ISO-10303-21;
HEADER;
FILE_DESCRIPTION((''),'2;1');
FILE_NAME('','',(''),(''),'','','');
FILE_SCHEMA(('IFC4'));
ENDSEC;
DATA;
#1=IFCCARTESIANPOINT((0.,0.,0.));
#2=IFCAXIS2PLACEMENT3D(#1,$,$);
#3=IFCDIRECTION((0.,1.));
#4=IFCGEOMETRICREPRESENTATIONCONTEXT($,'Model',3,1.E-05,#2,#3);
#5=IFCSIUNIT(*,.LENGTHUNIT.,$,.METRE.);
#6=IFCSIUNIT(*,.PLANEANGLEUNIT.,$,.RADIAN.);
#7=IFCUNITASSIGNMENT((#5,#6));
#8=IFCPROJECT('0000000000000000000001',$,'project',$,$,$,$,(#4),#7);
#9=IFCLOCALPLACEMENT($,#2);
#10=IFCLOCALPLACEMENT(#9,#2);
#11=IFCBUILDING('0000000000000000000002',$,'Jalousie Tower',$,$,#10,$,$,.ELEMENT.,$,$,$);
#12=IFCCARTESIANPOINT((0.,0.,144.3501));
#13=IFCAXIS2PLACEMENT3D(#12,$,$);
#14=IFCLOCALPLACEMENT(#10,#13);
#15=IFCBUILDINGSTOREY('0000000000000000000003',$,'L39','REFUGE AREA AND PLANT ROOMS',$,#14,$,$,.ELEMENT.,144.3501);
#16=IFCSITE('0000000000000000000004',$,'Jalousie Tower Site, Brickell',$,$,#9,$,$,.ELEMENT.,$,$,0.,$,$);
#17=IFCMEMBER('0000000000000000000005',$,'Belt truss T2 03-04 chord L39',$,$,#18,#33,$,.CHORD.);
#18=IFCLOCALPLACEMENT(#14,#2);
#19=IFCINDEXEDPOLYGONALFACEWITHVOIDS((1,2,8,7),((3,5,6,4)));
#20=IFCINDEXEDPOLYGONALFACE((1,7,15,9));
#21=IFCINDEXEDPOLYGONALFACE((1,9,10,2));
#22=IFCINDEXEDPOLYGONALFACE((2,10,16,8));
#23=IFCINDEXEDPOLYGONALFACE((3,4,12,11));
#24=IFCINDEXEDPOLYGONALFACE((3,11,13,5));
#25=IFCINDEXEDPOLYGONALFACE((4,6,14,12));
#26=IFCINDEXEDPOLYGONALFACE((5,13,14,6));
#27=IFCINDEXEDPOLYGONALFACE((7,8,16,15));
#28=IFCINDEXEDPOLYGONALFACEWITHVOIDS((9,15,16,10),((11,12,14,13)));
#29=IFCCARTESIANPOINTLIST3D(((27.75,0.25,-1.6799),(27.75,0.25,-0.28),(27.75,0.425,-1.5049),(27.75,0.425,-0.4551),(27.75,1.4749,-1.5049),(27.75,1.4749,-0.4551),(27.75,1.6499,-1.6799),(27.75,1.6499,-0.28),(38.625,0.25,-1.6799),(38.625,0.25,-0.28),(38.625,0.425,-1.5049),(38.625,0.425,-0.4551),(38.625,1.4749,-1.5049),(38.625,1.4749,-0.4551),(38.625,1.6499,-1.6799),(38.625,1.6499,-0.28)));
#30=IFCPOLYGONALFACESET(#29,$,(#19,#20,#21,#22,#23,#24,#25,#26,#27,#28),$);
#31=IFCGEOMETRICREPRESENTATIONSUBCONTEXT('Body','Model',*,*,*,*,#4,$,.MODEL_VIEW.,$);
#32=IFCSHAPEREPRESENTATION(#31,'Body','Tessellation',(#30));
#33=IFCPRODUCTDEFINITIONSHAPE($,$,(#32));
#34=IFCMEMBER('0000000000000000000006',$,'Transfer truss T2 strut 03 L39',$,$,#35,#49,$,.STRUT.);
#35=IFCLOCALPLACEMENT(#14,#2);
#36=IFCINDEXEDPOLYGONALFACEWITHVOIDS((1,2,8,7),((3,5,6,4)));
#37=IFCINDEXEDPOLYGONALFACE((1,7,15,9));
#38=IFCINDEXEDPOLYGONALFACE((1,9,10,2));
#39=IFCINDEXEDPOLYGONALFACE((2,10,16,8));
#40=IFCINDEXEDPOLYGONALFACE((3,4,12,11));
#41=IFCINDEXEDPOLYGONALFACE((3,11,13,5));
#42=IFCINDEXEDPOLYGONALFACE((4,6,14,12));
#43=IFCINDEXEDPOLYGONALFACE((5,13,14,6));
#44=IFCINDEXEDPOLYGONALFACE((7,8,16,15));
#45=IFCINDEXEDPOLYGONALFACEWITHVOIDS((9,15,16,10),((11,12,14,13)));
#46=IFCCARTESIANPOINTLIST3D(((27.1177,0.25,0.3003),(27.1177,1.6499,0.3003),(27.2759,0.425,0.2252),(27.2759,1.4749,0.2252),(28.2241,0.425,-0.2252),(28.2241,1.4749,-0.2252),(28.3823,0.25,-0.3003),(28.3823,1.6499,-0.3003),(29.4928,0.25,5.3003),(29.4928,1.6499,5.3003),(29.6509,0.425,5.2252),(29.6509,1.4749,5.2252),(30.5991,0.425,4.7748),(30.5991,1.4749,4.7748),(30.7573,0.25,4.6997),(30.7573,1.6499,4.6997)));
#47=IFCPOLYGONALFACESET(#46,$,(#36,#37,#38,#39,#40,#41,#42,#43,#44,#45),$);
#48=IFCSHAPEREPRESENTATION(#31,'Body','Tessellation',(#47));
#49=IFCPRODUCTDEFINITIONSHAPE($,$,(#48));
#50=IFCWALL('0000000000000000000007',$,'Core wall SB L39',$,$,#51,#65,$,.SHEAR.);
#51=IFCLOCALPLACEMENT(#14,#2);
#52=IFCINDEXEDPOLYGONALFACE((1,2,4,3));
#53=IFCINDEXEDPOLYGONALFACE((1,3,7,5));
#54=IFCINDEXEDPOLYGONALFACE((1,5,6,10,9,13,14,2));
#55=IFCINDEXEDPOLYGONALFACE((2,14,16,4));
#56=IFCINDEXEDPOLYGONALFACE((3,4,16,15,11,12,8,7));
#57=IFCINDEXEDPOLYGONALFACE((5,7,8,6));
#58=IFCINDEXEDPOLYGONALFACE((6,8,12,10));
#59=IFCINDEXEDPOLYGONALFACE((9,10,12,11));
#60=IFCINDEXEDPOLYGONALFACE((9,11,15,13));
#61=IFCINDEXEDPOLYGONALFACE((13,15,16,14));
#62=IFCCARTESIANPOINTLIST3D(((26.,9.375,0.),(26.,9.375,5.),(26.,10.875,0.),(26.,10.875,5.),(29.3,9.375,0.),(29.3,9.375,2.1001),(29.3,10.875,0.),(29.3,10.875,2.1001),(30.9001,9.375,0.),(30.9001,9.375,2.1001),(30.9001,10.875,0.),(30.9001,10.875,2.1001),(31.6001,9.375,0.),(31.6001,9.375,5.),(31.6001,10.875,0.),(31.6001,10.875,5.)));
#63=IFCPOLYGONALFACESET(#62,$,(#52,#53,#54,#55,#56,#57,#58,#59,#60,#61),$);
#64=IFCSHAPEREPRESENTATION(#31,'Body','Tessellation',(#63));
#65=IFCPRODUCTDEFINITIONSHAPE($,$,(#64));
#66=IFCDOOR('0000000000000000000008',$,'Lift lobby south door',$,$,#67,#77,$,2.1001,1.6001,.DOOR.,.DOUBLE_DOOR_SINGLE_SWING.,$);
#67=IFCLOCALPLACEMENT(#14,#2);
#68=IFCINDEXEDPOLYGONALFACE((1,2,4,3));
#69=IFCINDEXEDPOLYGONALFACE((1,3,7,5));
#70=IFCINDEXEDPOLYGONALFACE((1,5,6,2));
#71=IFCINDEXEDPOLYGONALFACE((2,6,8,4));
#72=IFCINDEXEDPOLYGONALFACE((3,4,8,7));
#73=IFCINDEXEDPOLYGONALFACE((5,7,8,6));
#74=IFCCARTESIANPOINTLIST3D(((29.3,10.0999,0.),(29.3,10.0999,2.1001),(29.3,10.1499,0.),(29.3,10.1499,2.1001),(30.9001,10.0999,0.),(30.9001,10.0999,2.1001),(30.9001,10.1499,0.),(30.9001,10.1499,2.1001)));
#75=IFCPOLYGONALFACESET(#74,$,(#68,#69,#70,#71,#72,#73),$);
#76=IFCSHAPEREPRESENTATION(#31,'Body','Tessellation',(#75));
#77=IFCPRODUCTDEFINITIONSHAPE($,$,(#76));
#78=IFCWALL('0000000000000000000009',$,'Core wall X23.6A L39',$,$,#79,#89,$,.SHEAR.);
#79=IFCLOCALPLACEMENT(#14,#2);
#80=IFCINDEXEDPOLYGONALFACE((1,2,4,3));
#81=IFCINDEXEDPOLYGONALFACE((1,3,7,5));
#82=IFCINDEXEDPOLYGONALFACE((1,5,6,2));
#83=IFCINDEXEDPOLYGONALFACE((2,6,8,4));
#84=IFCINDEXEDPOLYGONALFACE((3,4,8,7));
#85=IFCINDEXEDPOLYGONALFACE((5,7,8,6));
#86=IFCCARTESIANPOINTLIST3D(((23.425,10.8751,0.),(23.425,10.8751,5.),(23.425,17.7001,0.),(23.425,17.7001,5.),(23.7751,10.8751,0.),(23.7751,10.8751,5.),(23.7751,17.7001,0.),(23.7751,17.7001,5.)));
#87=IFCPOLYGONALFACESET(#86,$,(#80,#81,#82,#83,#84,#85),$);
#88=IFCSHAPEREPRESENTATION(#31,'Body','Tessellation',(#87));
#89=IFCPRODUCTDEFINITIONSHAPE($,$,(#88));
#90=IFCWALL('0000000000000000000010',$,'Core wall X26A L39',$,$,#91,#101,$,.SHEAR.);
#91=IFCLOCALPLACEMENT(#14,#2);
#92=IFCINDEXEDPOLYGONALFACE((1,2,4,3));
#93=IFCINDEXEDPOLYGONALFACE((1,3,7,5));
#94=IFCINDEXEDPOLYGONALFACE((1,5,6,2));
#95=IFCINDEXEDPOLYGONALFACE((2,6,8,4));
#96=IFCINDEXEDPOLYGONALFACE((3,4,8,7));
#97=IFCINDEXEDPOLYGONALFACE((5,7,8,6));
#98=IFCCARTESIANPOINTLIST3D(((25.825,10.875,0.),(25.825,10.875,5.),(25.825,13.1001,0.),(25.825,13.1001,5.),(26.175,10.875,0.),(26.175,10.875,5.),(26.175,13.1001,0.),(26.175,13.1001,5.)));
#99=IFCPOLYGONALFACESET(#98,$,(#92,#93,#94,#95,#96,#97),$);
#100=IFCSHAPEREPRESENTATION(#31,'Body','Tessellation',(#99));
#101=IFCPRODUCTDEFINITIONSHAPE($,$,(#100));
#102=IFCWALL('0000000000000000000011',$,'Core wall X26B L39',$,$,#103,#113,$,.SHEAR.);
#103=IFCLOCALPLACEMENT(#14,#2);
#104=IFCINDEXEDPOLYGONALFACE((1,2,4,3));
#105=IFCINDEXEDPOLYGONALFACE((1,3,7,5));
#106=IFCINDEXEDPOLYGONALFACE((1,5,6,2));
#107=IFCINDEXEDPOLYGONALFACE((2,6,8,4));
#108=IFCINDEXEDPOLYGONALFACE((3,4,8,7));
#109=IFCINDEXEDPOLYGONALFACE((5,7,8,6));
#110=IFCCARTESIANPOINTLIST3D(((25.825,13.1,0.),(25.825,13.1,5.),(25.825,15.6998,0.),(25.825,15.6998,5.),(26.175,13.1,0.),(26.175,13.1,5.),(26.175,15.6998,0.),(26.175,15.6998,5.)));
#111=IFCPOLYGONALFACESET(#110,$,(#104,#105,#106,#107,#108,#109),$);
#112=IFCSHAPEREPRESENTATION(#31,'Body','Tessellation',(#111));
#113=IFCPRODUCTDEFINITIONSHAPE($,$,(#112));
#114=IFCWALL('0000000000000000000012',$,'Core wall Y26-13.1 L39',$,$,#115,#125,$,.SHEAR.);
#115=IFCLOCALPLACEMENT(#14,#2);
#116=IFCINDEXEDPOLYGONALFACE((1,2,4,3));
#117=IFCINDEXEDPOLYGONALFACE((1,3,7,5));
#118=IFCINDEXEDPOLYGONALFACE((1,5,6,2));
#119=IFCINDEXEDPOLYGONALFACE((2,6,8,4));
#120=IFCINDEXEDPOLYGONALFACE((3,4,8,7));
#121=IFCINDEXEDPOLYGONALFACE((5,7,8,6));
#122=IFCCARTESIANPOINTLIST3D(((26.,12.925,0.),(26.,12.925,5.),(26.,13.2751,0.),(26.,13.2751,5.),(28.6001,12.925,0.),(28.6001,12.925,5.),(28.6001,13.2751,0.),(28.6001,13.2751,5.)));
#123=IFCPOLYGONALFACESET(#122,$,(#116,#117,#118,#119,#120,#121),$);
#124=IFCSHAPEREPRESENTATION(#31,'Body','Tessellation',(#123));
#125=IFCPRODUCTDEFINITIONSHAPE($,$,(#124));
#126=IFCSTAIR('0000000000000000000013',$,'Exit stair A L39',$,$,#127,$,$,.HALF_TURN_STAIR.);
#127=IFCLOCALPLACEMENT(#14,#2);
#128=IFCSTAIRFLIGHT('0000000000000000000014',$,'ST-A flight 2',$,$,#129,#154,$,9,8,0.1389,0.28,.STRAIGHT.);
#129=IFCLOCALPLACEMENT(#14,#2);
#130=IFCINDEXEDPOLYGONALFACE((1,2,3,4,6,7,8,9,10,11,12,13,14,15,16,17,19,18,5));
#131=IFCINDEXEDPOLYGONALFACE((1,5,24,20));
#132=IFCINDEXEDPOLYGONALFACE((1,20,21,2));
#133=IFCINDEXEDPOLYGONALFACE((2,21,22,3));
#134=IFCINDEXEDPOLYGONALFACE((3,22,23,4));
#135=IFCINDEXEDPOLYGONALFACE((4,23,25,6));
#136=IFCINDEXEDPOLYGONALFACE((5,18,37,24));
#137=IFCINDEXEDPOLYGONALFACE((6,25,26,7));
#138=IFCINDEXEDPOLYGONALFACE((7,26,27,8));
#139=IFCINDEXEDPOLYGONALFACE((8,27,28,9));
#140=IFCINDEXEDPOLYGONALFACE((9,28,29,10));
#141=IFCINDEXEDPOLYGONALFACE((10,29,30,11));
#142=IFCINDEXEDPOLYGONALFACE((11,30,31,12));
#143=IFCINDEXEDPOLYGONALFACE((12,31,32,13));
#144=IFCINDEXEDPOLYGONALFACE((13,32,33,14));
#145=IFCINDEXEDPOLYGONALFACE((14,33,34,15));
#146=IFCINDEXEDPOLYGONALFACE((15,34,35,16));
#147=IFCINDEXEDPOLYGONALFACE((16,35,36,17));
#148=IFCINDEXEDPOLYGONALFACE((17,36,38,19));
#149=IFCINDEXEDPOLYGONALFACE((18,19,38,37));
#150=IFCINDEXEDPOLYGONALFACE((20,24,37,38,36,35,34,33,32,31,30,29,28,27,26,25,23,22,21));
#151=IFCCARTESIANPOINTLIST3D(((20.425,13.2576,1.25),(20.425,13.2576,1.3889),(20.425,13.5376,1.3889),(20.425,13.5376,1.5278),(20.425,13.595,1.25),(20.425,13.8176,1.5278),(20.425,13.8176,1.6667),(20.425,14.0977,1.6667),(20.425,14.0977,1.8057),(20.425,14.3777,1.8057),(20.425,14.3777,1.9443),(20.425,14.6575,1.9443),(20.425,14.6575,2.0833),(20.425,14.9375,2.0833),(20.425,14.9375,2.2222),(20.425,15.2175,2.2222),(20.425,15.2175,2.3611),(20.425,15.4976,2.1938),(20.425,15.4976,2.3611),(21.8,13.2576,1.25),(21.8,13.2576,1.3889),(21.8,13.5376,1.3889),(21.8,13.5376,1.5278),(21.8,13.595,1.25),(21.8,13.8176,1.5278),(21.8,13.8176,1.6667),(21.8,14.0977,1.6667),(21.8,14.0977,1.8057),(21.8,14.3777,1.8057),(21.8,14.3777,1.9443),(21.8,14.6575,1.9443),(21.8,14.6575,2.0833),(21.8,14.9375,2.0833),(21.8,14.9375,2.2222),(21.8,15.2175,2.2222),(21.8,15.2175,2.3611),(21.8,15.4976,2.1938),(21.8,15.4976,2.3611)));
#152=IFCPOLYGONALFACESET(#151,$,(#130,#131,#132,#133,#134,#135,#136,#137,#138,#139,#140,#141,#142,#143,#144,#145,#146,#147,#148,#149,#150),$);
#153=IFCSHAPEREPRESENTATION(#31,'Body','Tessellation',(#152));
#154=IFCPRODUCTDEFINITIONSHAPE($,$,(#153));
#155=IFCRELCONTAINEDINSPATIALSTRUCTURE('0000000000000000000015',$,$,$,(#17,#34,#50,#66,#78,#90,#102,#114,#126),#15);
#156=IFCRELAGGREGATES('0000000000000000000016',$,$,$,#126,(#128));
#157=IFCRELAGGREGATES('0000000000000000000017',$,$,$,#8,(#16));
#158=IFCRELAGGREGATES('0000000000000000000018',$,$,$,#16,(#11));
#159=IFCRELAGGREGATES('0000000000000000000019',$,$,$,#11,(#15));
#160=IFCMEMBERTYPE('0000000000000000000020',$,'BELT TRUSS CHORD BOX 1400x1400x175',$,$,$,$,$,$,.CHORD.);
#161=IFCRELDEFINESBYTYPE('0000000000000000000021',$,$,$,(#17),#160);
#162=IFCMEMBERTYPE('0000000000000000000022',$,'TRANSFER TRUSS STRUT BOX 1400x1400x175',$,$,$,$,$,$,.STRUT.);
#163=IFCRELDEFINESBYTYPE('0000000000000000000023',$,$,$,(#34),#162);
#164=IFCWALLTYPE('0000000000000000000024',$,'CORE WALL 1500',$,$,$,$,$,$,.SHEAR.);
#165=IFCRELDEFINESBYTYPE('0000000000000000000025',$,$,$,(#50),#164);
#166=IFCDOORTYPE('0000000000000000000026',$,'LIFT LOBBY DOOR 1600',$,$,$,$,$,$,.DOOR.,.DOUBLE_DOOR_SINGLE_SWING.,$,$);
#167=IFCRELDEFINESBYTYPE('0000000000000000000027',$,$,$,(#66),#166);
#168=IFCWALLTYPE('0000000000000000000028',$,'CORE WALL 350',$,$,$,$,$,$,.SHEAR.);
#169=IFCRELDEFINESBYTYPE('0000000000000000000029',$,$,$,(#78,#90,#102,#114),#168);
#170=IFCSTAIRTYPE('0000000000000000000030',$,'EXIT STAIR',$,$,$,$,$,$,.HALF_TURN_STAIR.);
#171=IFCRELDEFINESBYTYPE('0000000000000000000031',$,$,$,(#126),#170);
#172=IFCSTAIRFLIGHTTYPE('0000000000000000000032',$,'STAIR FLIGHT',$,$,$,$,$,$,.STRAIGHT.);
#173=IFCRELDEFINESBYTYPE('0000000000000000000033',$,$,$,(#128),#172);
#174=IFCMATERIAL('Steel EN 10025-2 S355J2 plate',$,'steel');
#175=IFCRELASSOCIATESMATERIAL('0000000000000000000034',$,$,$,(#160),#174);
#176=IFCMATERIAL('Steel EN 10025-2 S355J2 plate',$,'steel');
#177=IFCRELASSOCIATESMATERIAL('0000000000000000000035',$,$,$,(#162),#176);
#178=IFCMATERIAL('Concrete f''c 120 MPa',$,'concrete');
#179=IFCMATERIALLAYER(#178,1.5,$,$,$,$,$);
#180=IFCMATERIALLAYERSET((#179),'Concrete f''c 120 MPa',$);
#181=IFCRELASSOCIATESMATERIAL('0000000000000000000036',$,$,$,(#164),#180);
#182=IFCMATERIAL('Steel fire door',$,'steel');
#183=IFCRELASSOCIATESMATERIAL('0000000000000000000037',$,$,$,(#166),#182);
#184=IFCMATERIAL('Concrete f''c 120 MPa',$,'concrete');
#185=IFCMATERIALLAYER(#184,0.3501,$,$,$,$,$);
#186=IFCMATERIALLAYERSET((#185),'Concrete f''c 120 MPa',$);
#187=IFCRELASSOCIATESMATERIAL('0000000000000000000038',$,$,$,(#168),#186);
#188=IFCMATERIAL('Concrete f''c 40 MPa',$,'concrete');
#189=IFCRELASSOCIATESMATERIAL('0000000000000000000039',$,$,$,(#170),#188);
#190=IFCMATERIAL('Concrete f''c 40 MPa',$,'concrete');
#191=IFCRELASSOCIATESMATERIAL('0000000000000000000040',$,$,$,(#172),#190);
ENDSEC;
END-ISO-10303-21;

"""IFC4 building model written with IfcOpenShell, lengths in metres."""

from ifc_helpers import new_model, si_unit, direction, frame, frame_2d, origin, origin_2d, place, context, subcontext, project, spatial, polyline, rectangle, hollow_rectangle, outline, extrude, material, layer, layer_set, material_profile, profile_set, type_object, element, fill, aggregate, save


model = new_model("IFC4")

# Units and contexts
model_context = context("Model", 3, precision=1e-05, world=origin(), true_north=direction((0.0, 1.0)))
body_context = subcontext(model_context, "Body", "Model", "MODEL_VIEW")
ifc_project = project(units=[si_unit("LENGTHUNIT", "METRE"), si_unit("PLANEANGLEUNIT", "RADIAN")], contexts=[model_context])

# Site, building, storey
site_placement = place(None, origin())
site = spatial("IfcSite", under=ifc_project, at=site_placement, Name="Jalousie Tower Site, Brickell", CompositionType="ELEMENT", RefElevation=0.0)
building_placement = place(site_placement, origin())
building = spatial("IfcBuilding", under=site, at=building_placement, Name="Jalousie Tower", CompositionType="ELEMENT")
storey_placement = place(building_placement, frame((0.0, 0.0, 144.3501)))
storey = spatial("IfcBuildingStorey", under=building, at=storey_placement, Name="L39", Description="REFUGE AREA AND PLANT ROOMS", CompositionType="ELEMENT", Elevation=144.3501)

# Members
ifc_material_1 = material(Name="Steel EN 10025-2 S355J2 plate", Category="steel")
ifc_material_profile_1 = material_profile(ifc_material_1, hollow_rectangle(XDim=1.3999, YDim=1.3999, WallThickness=0.175, at=origin_2d()), Name="BOX 1400x1400x175")
ifc_profile_set_1 = profile_set([ifc_material_profile_1], Name="Steel EN 10025-2 S355J2 plate")
member_type_1 = type_object("IfcMemberType", Name="BELT TRUSS CHORD BOX 1400x1400x175", PredefinedType="CHORD", material=ifc_profile_set_1)
member_1_placement = place(storey_placement, frame((27.75, 0.95, -0.98), z_axis=(1.0, 0.0, 0.0), x_axis=(0.0, 1.0, 0.0)))
element("IfcMember", 1, at=member_1_placement, inside=storey, type_object=member_type_1, Name="Belt truss T2 03-04 chord L39", PredefinedType="CHORD", context=body_context, shape_type="SweptSolid", body=[
    extrude(hollow_rectangle(XDim=1.3999, YDim=1.3999, WallThickness=0.175, at=origin_2d()), origin(), (0.0, 0.0, 1.0), 10.875),
])
ifc_material_2 = material(Name="Steel EN 10025-2 S355J2 plate", Category="steel")
ifc_material_profile_2 = material_profile(ifc_material_2, hollow_rectangle(XDim=1.3999, YDim=1.3999, WallThickness=0.175, at=origin_2d()), Name="BOX 1400x1400x175")
ifc_profile_set_2 = profile_set([ifc_material_profile_2], Name="Steel EN 10025-2 S355J2 plate")
member_type_2 = type_object("IfcMemberType", Name="TRANSFER TRUSS STRUT BOX 1400x1400x175", PredefinedType="STRUT", material=ifc_profile_set_2)
member_2_placement = place(storey_placement, frame((27.75, 0.95, 0.0), z_axis=(0.429057, 0.0, 0.903278), x_axis=(0.0, 1.0, 0.0)))
element("IfcMember", 2, at=member_2_placement, inside=storey, type_object=member_type_2, Name="Transfer truss T2 strut 03 L39", PredefinedType="STRUT", context=body_context, shape_type="SweptSolid", body=[
    extrude(hollow_rectangle(XDim=1.3999, YDim=1.3999, WallThickness=0.175, at=origin_2d()), origin(), (0.0, 0.0, 1.0), 5.5354),
])

# Wall, opening, door
ifc_material_3 = material(Name="Concrete f'c 120 MPa", Category="concrete")
ifc_layer_1 = layer(ifc_material_3, 1.5)
ifc_layer_set_1 = layer_set([ifc_layer_1], Name="Concrete f'c 120 MPa")
wall_type_1 = type_object("IfcWallType", Name="CORE WALL 1500", PredefinedType="SHEAR", material=ifc_layer_set_1)
wall_1_placement = place(storey_placement, frame((26.0, 10.125, 0.0), z_axis=(0.0, 0.0, 1.0), x_axis=(1.0, 0.0, 0.0)))
wall_1 = element("IfcWall", 3, at=wall_1_placement, inside=storey, type_object=wall_type_1, Name="Core wall SB L39", PredefinedType="SHEAR", context=body_context, shape_type="SweptSolid", body=[
    extrude(rectangle(XDim=5.6001, YDim=1.5, at=frame_2d((2.8, 0.0))), origin(), (0.0, 0.0, 1.0), 5.0),
])
opening_placement = place(wall_1_placement, frame((3.3, 0.0, 0.0)))
opening = element("IfcOpeningElement", 4, at=opening_placement, cuts=wall_1, PredefinedType="OPENING", context=body_context, shape_type="SweptSolid", body=[
    extrude(rectangle(XDim=1.6001, YDim=2.1001, at=frame_2d((0.8, 1.05))), frame((0.0, 0.76, 0.0), z_axis=(0.0, -1.0, 0.0), x_axis=(1.0, 0.0, 0.0)), (0.0, 0.0, 1.0), 1.52),
])
ifc_material_4 = material(Name="Steel fire door", Category="steel")
door_type = type_object("IfcDoorType", Name="LIFT LOBBY DOOR 1600", OperationType="DOUBLE_DOOR_SINGLE_SWING", PredefinedType="DOOR", material=ifc_material_4)
door_placement = place(opening_placement, origin())
door = element("IfcDoor", 5, at=door_placement, inside=storey, type_object=door_type, Name="Lift lobby south door", OperationType="DOUBLE_DOOR_SINGLE_SWING", OverallHeight=2.1001, OverallWidth=1.6001, PredefinedType="DOOR", context=body_context, shape_type="SweptSolid", body=[
    extrude(rectangle(XDim=1.6001, YDim=2.1001, at=frame_2d((0.8, 1.05))), frame((0.0, 0.0249, 0.0), z_axis=(0.0, -1.0, 0.0), x_axis=(1.0, 0.0, 0.0)), (0.0, 0.0, 1.0), 0.05),
])
fill(opening, door)

# Walls
ifc_material_5 = material(Name="Concrete f'c 120 MPa", Category="concrete")
ifc_layer_2 = layer(ifc_material_5, 0.3501)
ifc_layer_set_2 = layer_set([ifc_layer_2], Name="Concrete f'c 120 MPa")
wall_type_2 = type_object("IfcWallType", Name="CORE WALL 350", PredefinedType="SHEAR", material=ifc_layer_set_2)
wall_2_placement = place(storey_placement, frame((23.6001, 10.875, 0.0), z_axis=(0.0, 0.0, 1.0), x_axis=(0.0, 1.0, 0.0)))
element("IfcWall", 6, at=wall_2_placement, inside=storey, type_object=wall_type_2, Name="Core wall X23.6A L39", PredefinedType="SHEAR", context=body_context, shape_type="SweptSolid", body=[
    extrude(rectangle(XDim=6.825, YDim=0.3501, at=frame_2d((3.4126, 0.0))), origin(), (0.0, 0.0, 1.0), 5.0),
])
wall_3_placement = place(storey_placement, frame((26.0, 10.875, 0.0), z_axis=(0.0, 0.0, 1.0), x_axis=(0.0, 1.0, 0.0)))
element("IfcWall", 7, at=wall_3_placement, inside=storey, type_object=wall_type_2, Name="Core wall X26A L39", PredefinedType="SHEAR", context=body_context, shape_type="SweptSolid", body=[
    extrude(rectangle(XDim=2.2251, YDim=0.3501, at=frame_2d((1.1125, 0.0))), origin(), (0.0, 0.0, 1.0), 5.0),
])
wall_4_placement = place(storey_placement, frame((26.0, 13.1001, 0.0), z_axis=(0.0, 0.0, 1.0), x_axis=(0.0, 1.0, 0.0)))
element("IfcWall", 8, at=wall_4_placement, inside=storey, type_object=wall_type_2, Name="Core wall X26B L39", PredefinedType="SHEAR", context=body_context, shape_type="SweptSolid", body=[
    extrude(rectangle(XDim=2.5999, YDim=0.3501, at=frame_2d((1.2998, 0.0))), origin(), (0.0, 0.0, 1.0), 5.0),
])
wall_5_placement = place(storey_placement, frame((26.0, 13.1001, 0.0), z_axis=(0.0, 0.0, 1.0), x_axis=(1.0, 0.0, 0.0)))
element("IfcWall", 9, at=wall_5_placement, inside=storey, type_object=wall_type_2, Name="Core wall Y26-13.1 L39", PredefinedType="SHEAR", context=body_context, shape_type="SweptSolid", body=[
    extrude(rectangle(XDim=2.6001, YDim=0.3501, at=frame_2d((1.3, 0.0))), origin(), (0.0, 0.0, 1.0), 5.0),
])

# Stair, stair flight
ifc_material_6 = material(Name="Concrete f'c 40 MPa", Category="concrete")
stair_type = type_object("IfcStairType", Name="EXIT STAIR", PredefinedType="HALF_TURN_STAIR", material=ifc_material_6)
stair_placement = place(storey_placement, origin())
stair = element("IfcStair", 10, at=stair_placement, inside=storey, type_object=stair_type, Name="Exit stair A L39", PredefinedType="HALF_TURN_STAIR")
ifc_material_7 = material(Name="Concrete f'c 40 MPa", Category="concrete")
stair_flight_type = type_object("IfcStairFlightType", Name="STAIR FLIGHT", PredefinedType="STRAIGHT", material=ifc_material_7)
stair_flight_1_placement = place(storey_placement, frame((21.1125, 13.2576, 1.25), z_axis=(0.0, 0.0, 1.0), x_axis=(0.0, 1.0, 0.0)))
stair_flight_1 = element("IfcStairFlight", 11, at=stair_flight_1_placement, type_object=stair_flight_type, Name="ST-A flight 2", NumberOfRisers=9, NumberOfTreads=8, PredefinedType="STRAIGHT", RiserHeight=0.1389, TreadLength=0.28, context=body_context, shape_type="SweptSolid", body=[
    extrude(outline(polyline([(0.0, 0.0), (0.0, 0.1389), (0.28, 0.1389), (0.28, 0.2778), (0.5601, 0.2778), (0.5601, 0.4167), (0.8401, 0.4167), (0.8401, 0.5557), (1.1201, 0.5557), (1.1201, 0.6943), (1.3999, 0.6943), (1.3999, 0.8333), (1.6799, 0.8333), (1.6799, 0.9722), (1.96, 0.9722), (1.96, 1.1111), (2.24, 1.1111), (2.24, 1.25), (2.24, 0.9438), (0.3374, 0.0), (0.0, 0.0)])), frame((0.0, 0.6875, 0.0), z_axis=(0.0, -1.0, 0.0), x_axis=(1.0, 0.0, 0.0)), (0.0, 0.0, 1.0), 1.375),
])
aggregate(stair, [stair_flight_1])

save(model, "model.ifc")
